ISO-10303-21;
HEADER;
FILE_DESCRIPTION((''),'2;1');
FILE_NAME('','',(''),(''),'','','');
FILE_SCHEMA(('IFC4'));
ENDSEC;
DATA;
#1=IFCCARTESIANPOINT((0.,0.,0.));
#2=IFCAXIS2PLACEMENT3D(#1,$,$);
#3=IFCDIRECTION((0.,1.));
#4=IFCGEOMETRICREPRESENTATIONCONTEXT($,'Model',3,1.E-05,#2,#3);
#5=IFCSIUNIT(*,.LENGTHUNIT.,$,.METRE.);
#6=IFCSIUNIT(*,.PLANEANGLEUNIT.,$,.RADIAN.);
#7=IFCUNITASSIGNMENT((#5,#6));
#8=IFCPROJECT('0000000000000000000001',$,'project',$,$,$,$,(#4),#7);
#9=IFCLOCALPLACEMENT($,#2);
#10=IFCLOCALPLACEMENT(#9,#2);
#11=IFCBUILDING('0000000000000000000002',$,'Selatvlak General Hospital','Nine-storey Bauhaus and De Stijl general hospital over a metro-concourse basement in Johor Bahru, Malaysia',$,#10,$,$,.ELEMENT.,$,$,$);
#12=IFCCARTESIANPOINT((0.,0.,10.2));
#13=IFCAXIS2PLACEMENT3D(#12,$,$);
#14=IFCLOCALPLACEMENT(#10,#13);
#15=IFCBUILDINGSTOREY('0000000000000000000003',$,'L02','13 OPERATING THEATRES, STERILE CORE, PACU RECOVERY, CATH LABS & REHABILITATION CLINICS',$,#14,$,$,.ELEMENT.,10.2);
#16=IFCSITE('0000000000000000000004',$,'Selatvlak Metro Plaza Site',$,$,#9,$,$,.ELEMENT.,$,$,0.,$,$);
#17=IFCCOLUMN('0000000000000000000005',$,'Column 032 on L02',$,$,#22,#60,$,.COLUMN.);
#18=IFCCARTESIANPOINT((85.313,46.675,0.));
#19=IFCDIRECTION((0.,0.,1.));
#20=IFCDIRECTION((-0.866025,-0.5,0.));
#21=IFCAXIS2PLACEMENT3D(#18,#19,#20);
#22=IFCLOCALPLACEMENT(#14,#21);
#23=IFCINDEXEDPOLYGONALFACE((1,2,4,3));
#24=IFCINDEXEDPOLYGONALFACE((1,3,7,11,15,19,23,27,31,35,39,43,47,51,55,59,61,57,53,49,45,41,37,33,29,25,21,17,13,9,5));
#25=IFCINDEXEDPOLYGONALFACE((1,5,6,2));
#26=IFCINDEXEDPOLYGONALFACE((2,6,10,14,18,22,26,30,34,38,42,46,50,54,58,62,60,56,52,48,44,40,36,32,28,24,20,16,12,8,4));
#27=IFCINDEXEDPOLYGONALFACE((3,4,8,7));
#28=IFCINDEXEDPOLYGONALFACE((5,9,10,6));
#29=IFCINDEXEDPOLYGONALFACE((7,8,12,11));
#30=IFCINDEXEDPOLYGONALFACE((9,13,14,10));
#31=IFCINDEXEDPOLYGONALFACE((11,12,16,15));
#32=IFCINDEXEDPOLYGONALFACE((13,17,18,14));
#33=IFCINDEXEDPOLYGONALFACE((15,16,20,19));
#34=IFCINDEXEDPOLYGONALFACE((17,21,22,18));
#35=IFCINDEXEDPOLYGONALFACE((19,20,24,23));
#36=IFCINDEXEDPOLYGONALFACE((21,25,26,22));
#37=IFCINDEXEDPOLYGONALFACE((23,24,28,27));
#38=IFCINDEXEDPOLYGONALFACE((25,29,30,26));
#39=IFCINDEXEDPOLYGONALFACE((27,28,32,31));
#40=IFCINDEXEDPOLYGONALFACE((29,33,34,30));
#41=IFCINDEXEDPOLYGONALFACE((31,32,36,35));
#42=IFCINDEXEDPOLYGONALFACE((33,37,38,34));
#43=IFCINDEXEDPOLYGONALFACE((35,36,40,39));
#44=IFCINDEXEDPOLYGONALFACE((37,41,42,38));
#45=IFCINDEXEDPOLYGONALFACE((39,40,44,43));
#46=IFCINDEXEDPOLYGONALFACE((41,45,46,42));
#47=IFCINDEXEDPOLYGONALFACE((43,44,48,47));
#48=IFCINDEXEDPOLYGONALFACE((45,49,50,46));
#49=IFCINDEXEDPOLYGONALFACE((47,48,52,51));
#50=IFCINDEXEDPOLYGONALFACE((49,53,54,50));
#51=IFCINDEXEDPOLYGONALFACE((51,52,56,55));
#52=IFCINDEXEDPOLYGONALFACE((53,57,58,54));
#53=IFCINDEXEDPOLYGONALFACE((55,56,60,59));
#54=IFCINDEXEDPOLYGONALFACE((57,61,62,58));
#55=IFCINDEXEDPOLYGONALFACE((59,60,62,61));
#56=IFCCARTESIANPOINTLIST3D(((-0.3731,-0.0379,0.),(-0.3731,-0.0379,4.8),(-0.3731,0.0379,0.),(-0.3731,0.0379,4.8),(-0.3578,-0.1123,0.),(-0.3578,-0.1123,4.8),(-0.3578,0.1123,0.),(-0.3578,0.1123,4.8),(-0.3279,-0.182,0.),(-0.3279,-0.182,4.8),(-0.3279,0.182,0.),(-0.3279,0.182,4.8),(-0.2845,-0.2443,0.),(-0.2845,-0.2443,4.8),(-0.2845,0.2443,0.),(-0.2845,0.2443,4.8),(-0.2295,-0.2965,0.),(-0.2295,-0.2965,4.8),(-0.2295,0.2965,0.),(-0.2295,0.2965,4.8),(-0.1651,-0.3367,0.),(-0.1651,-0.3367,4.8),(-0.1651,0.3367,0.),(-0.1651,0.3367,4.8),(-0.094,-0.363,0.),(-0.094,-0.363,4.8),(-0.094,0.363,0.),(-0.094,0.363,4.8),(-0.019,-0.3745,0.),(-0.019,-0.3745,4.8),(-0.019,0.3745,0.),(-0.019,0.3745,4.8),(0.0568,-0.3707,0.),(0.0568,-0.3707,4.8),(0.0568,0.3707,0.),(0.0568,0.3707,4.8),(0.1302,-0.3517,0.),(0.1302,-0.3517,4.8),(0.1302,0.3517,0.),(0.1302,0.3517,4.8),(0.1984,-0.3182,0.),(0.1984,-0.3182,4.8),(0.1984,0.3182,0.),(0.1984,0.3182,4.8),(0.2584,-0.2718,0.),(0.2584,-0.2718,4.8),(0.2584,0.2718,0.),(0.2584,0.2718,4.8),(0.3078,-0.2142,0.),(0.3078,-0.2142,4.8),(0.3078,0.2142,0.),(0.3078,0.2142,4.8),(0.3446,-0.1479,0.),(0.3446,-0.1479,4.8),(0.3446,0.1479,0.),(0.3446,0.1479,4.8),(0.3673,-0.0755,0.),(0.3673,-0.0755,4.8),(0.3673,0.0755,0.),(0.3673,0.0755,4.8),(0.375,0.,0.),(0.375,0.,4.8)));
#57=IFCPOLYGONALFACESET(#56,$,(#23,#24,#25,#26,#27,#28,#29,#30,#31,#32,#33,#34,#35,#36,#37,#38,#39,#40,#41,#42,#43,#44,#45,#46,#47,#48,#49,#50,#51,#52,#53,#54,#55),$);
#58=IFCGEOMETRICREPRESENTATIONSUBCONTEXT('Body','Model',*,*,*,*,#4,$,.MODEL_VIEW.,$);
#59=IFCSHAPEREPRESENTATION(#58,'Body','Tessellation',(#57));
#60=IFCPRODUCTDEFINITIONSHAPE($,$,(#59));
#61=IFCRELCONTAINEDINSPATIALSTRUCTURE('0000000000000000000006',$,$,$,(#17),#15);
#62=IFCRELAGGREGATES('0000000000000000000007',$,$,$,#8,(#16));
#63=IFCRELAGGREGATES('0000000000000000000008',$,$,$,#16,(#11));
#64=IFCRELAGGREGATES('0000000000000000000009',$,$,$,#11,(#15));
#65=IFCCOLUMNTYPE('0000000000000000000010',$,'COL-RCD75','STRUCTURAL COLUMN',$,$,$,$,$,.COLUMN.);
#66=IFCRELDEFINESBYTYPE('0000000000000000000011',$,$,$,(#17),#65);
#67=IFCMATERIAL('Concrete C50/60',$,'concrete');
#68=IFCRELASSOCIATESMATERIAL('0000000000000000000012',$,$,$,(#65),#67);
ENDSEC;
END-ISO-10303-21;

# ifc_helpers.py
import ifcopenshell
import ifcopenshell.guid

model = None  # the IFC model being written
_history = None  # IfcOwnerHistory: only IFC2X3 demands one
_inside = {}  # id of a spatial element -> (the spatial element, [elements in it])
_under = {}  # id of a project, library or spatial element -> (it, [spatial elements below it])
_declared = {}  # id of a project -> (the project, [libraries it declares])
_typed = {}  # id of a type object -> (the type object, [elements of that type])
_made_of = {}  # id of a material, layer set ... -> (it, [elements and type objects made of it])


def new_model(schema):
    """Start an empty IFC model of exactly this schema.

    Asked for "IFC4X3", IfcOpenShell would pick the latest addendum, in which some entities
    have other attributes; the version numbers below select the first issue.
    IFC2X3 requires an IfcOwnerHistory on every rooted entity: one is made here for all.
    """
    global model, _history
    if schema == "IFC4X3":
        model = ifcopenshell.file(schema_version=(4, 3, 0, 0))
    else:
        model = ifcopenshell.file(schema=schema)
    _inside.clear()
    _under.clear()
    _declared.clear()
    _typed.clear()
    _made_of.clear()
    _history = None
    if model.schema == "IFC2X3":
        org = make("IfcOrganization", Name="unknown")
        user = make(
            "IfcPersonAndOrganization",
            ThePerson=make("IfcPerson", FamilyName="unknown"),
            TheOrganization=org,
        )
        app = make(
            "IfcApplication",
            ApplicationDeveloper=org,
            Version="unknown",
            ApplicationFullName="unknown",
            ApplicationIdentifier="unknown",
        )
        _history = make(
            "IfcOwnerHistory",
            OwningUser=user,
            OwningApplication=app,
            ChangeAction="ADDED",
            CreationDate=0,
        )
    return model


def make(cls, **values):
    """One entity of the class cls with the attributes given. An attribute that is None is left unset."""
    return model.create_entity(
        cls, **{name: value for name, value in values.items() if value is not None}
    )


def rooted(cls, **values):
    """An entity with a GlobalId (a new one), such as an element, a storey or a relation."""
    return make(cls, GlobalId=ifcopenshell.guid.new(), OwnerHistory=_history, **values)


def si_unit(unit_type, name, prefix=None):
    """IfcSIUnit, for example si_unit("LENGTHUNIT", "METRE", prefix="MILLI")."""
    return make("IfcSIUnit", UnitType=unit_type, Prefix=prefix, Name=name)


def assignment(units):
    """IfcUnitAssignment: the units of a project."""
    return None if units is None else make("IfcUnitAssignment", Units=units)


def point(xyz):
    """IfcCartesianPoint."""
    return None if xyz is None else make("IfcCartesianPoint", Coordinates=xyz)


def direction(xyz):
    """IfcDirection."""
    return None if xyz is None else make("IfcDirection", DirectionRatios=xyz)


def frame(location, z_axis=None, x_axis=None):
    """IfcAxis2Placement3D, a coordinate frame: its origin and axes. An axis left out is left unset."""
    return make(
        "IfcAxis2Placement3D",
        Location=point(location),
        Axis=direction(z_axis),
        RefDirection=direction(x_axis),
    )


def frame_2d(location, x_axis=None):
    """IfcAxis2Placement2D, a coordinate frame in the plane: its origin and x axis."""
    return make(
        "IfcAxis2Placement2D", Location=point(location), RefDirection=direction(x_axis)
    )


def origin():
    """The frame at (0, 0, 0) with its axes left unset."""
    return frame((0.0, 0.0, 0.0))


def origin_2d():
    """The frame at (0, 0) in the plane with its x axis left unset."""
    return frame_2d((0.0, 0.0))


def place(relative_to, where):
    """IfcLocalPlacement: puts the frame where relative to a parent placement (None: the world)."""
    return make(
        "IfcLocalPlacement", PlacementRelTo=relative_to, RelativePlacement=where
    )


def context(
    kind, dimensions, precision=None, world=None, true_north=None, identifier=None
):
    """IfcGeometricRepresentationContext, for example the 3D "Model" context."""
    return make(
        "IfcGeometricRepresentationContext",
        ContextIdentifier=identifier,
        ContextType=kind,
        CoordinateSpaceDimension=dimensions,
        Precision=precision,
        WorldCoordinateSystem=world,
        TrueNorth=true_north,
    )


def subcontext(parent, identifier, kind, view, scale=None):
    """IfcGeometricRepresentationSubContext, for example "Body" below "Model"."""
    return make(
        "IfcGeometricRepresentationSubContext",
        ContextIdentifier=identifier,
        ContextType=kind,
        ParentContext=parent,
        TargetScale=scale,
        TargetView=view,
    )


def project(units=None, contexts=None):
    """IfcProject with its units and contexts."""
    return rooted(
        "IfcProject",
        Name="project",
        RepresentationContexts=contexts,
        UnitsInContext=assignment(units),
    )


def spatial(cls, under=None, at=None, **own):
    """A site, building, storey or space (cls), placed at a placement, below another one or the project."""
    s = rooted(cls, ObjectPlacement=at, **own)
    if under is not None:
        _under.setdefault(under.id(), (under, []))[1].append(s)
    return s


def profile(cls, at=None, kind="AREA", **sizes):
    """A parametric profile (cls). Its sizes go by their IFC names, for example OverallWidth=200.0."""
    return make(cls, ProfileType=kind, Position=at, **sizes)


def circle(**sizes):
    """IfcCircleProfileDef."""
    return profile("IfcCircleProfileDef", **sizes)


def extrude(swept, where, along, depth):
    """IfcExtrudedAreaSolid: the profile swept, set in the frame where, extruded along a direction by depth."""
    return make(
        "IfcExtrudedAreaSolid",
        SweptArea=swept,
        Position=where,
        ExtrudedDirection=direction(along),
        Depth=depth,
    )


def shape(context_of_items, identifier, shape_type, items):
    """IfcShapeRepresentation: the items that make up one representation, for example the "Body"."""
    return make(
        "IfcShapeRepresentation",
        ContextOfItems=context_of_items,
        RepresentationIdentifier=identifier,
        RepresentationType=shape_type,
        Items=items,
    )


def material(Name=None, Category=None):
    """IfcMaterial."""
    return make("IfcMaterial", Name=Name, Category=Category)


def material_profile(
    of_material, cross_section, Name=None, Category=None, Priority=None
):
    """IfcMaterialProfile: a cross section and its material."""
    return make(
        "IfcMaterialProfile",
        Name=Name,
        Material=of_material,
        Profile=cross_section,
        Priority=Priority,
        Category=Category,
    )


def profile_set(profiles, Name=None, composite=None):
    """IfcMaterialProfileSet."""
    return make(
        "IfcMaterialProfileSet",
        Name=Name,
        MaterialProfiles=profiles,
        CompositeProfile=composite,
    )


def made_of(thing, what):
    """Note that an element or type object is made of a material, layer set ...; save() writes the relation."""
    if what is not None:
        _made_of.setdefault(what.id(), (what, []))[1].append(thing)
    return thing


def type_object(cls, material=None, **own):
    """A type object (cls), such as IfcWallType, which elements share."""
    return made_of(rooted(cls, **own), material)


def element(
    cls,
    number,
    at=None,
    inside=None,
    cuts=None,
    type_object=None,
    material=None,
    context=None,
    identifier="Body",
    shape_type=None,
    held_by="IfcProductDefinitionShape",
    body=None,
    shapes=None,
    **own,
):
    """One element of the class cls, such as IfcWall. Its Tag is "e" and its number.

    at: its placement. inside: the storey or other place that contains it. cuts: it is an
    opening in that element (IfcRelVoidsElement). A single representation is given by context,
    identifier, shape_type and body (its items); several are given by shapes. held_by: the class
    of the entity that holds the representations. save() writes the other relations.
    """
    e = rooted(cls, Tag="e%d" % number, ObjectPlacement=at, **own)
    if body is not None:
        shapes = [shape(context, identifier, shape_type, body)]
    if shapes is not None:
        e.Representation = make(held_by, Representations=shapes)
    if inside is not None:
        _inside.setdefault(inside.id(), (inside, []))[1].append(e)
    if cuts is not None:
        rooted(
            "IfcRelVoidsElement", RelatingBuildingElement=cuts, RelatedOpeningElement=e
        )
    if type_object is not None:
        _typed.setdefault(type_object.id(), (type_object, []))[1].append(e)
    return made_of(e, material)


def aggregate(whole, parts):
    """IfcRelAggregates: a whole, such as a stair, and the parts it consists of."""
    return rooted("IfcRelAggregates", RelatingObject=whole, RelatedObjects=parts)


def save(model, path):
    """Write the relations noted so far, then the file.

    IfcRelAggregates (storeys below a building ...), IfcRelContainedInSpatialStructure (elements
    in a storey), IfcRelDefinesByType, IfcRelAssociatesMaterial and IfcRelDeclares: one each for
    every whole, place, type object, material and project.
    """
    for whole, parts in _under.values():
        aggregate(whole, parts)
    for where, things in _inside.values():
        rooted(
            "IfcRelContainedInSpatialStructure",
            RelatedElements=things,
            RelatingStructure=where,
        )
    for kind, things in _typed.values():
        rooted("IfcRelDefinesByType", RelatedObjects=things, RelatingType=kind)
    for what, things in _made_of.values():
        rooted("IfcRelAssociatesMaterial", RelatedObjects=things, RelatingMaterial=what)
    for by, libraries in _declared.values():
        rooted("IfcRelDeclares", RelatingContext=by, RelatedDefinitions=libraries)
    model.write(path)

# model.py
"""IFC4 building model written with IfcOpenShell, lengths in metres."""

from ifc_helpers import new_model, si_unit, direction, frame, origin, origin_2d, place, context, subcontext, project, spatial, circle, extrude, material, material_profile, profile_set, type_object, element, save


model = new_model("IFC4")

# Units and contexts
model_context = context("Model", 3, precision=1e-05, world=origin(), true_north=direction((0.0, 1.0)))
body_context = subcontext(model_context, "Body", "Model", "MODEL_VIEW")
ifc_project = project(units=[si_unit("LENGTHUNIT", "METRE"), si_unit("PLANEANGLEUNIT", "RADIAN")], contexts=[model_context])

# Site, building, storey
site_placement = place(None, origin())
site = spatial("IfcSite", under=ifc_project, at=site_placement, Name="Selatvlak Metro Plaza Site", CompositionType="ELEMENT", RefElevation=0.0)
building_placement = place(site_placement, origin())
building = spatial("IfcBuilding", under=site, at=building_placement, Name="Selatvlak General Hospital", Description="Nine-storey Bauhaus and De Stijl general hospital over a metro-concourse basement in Johor Bahru, Malaysia", CompositionType="ELEMENT")
storey_placement = place(building_placement, frame((0.0, 0.0, 10.2)))
storey = spatial("IfcBuildingStorey", under=building, at=storey_placement, Name="L02", Description="13 OPERATING THEATRES, STERILE CORE, PACU RECOVERY, CATH LABS & REHABILITATION CLINICS", CompositionType="ELEMENT", Elevation=10.2)

# Column
ifc_material_1 = material(Name="Concrete C50/60", Category="concrete")
ifc_material_profile_1 = material_profile(ifc_material_1, circle(Radius=0.375, at=origin_2d()), Name="RC-COL D750")
ifc_profile_set_1 = profile_set([ifc_material_profile_1], Name="Concrete C50/60")
column_type_1 = type_object("IfcColumnType", Name="COL-RCD75", Description="STRUCTURAL COLUMN", PredefinedType="COLUMN", material=ifc_profile_set_1)
column_placement = place(storey_placement, frame((85.313, 46.675, 0.0), z_axis=(0.0, 0.0, 1.0), x_axis=(-0.866025, -0.5, 0.0)))
element("IfcColumn", 1, at=column_placement, inside=storey, type_object=column_type_1, Name="Column 032 on L02", PredefinedType="COLUMN", context=body_context, shape_type="SweptSolid", body=[
    extrude(circle(Radius=0.375, at=origin_2d()), origin(), (0.0, 0.0, 1.0), 4.8),
])

save(model, "model.ifc")
